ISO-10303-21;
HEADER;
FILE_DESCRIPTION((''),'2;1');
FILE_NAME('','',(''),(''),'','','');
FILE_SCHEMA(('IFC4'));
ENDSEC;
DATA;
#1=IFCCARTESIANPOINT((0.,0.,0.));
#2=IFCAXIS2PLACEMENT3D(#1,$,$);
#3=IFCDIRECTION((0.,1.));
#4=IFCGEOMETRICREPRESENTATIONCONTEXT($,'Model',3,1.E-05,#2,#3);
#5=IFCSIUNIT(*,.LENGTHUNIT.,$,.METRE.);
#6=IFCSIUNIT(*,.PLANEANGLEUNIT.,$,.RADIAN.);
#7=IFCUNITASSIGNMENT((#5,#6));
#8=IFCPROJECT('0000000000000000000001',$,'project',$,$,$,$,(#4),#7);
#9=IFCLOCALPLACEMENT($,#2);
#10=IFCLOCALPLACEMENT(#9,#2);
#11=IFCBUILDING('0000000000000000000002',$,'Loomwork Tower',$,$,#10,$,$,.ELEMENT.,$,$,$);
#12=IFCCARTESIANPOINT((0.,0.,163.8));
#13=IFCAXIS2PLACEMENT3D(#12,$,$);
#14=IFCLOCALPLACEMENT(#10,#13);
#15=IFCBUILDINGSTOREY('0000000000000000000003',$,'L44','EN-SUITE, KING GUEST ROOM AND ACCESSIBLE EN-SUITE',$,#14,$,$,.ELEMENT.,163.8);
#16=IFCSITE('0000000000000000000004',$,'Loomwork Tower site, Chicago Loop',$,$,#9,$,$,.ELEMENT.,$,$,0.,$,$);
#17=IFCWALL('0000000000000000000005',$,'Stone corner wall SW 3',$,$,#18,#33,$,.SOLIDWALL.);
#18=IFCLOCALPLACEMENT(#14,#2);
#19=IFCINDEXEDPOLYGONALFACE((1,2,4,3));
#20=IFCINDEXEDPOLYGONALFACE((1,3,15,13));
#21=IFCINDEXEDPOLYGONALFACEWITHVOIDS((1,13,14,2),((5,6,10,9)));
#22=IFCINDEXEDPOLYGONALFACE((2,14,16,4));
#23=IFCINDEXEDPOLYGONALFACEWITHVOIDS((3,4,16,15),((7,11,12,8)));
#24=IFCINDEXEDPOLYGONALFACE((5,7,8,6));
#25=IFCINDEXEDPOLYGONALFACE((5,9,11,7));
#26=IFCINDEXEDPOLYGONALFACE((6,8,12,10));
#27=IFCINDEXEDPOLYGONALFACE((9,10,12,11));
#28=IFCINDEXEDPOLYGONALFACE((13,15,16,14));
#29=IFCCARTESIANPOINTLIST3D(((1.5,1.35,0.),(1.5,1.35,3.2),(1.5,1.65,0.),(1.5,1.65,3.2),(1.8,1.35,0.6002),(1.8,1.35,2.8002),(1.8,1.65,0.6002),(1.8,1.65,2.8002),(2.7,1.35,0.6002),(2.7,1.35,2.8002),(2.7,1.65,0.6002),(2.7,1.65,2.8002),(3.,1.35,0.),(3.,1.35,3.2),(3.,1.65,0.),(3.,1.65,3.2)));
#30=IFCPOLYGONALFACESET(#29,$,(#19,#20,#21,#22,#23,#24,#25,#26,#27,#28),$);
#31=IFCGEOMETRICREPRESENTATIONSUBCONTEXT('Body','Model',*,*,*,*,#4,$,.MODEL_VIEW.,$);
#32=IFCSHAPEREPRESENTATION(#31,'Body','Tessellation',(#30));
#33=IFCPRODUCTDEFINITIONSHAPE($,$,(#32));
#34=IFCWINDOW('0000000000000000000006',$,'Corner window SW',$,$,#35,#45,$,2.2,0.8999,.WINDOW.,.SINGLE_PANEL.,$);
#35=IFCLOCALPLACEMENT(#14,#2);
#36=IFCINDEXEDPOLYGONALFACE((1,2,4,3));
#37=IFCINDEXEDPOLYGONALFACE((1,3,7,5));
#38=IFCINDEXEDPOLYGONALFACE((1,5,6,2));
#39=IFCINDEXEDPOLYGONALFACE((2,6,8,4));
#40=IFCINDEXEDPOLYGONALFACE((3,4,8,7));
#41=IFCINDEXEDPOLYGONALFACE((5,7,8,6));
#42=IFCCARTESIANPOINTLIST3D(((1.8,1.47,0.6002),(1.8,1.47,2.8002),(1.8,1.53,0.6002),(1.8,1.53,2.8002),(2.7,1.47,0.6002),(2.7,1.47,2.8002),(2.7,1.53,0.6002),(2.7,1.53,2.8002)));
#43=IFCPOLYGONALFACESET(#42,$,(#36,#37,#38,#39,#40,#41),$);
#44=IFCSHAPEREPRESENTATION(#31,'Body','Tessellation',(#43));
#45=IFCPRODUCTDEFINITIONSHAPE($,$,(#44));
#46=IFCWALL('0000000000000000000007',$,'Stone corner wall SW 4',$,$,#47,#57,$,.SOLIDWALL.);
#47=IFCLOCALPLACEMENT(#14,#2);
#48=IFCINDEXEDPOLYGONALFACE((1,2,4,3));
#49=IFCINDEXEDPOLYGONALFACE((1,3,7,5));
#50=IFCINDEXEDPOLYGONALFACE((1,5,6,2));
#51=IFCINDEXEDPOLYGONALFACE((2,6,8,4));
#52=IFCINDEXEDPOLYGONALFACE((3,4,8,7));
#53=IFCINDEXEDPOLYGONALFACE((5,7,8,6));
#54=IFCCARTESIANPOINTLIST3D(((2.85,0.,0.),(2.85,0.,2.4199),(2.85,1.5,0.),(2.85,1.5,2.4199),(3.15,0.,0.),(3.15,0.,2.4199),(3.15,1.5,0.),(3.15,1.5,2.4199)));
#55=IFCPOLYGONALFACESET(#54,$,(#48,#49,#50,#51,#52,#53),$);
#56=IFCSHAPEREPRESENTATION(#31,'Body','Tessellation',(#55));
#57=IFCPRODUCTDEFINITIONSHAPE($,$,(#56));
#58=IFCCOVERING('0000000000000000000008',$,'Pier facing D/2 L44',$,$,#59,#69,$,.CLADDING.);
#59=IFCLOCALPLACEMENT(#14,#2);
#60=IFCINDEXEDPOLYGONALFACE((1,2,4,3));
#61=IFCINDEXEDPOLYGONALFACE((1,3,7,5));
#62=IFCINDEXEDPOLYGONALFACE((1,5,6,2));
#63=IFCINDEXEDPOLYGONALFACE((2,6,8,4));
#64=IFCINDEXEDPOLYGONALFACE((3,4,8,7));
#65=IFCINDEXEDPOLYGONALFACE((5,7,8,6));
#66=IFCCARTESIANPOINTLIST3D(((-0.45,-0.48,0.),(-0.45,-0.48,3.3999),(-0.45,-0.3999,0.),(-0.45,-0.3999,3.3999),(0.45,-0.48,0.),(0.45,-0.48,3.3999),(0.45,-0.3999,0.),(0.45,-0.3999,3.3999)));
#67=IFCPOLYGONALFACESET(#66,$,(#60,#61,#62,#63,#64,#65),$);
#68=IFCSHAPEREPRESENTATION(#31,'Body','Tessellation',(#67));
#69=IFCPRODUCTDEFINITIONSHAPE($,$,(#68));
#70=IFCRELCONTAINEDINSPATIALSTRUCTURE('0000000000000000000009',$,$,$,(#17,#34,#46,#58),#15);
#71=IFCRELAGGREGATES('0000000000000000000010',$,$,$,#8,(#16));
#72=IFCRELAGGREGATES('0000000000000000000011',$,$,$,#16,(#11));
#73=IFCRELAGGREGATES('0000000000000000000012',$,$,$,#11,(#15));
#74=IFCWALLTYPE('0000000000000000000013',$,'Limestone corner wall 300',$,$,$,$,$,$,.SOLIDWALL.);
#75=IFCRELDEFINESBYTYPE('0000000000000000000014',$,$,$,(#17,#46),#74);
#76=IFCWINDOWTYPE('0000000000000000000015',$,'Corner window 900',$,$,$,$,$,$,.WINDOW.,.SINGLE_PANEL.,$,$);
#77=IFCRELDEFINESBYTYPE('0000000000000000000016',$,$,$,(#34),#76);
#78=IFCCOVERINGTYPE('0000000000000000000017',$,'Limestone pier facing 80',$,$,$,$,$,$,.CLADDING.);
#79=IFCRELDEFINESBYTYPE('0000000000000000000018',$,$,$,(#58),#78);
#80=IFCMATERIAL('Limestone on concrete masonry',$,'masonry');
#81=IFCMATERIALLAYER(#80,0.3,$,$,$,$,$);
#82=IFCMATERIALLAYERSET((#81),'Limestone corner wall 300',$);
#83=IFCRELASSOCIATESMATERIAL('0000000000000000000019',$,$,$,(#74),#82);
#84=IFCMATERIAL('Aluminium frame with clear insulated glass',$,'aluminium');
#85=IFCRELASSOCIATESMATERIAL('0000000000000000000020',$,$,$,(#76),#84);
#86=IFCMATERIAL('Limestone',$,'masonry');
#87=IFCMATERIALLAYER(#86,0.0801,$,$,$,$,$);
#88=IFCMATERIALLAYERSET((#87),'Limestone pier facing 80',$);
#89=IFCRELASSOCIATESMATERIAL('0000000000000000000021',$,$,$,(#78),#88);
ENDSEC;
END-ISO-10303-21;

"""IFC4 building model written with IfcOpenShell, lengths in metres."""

from ifc_helpers import new_model, si_unit, direction, frame, frame_2d, origin, origin_2d, place, context, subcontext, project, spatial, rectangle, extrude, material, layer, layer_set, type_object, element, fill, save


model = new_model("IFC4")

# Units and contexts
model_context = context("Model", 3, precision=1e-05, world=origin(), true_north=direction((0.0, 1.0)))
body_context = subcontext(model_context, "Body", "Model", "MODEL_VIEW")
ifc_project = project(units=[si_unit("LENGTHUNIT", "METRE"), si_unit("PLANEANGLEUNIT", "RADIAN")], contexts=[model_context])

# Site, building, storey
site_placement = place(None, origin())
site = spatial("IfcSite", under=ifc_project, at=site_placement, Name="Loomwork Tower site, Chicago Loop", CompositionType="ELEMENT", RefElevation=0.0)
building_placement = place(site_placement, origin())
building = spatial("IfcBuilding", under=site, at=building_placement, Name="Loomwork Tower", CompositionType="ELEMENT")
storey_placement = place(building_placement, frame((0.0, 0.0, 163.8)))
storey = spatial("IfcBuildingStorey", under=building, at=storey_placement, Name="L44", Description="EN-SUITE, KING GUEST ROOM AND ACCESSIBLE EN-SUITE", CompositionType="ELEMENT", Elevation=163.8)

# Shared definitions
ifc_material_1 = material(Name="Limestone on concrete masonry", Category="masonry")
ifc_layer_1 = layer(ifc_material_1, 0.3)
ifc_layer_set_1 = layer_set([ifc_layer_1], Name="Limestone corner wall 300")
wall_type_1 = type_object("IfcWallType", Name="Limestone corner wall 300", PredefinedType="SOLIDWALL", material=ifc_layer_set_1)

# Wall, opening, window
wall_1_placement = place(storey_placement, frame((1.5, 1.5, 0.0), z_axis=(0.0, 0.0, 1.0), x_axis=(1.0, 0.0, 0.0)))
wall_1 = element("IfcWall", 1, at=wall_1_placement, inside=storey, type_object=wall_type_1, Name="Stone corner wall SW 3", PredefinedType="SOLIDWALL", context=body_context, shape_type="SweptSolid", body=[
    extrude(rectangle(XDim=1.5, YDim=0.3, at=frame_2d((0.75, 0.0))), origin(), (0.0, 0.0, 1.0), 3.2),
])
opening_1_placement = place(wall_1_placement, frame((0.3, 0.0, 0.6001)))
opening_1 = element("IfcOpeningElement", 2, at=opening_1_placement, cuts=wall_1, PredefinedType="OPENING", context=body_context, shape_type="SweptSolid", body=[
    extrude(rectangle(XDim=0.8999, YDim=2.2, at=frame_2d((0.45, 1.1001))), frame((0.0, 0.1599, 0.0), z_axis=(0.0, -1.0, 0.0), x_axis=(1.0, 0.0, 0.0)), (0.0, 0.0, 1.0), 0.3201),
])
ifc_material_2 = material(Name="Aluminium frame with clear insulated glass", Category="aluminium")
window_type_1 = type_object("IfcWindowType", Name="Corner window 900", PartitioningType="SINGLE_PANEL", PredefinedType="WINDOW", material=ifc_material_2)
window_1_placement = place(opening_1_placement, origin())
window_1 = element("IfcWindow", 3, at=window_1_placement, inside=storey, type_object=window_type_1, Name="Corner window SW", OverallHeight=2.2, OverallWidth=0.8999, PartitioningType="SINGLE_PANEL", PredefinedType="WINDOW", context=body_context, shape_type="SweptSolid", body=[
    extrude(rectangle(XDim=0.8999, YDim=2.2, at=frame_2d((0.45, 1.1001))), frame((0.0, 0.03, 0.0), z_axis=(0.0, -1.0, 0.0), x_axis=(1.0, 0.0, 0.0)), (0.0, 0.0, 1.0), 0.0601),
])
fill(opening_1, window_1)

# Wall
wall_2_placement = place(storey_placement, frame((3.0, 1.5, 0.0), z_axis=(0.0, 0.0, 1.0), x_axis=(0.0, -1.0, 0.0)))
element("IfcWall", 4, at=wall_2_placement, inside=storey, type_object=wall_type_1, Name="Stone corner wall SW 4", PredefinedType="SOLIDWALL", context=body_context, shape_type="SweptSolid", body=[
    extrude(rectangle(XDim=1.5, YDim=0.3, at=frame_2d((0.75, 0.0))), origin(), (0.0, 0.0, 1.0), 2.4199),
])

# Covering
ifc_material_3 = material(Name="Limestone", Category="masonry")
ifc_layer_2 = layer(ifc_material_3, 0.0801)
ifc_layer_set_2 = layer_set([ifc_layer_2], Name="Limestone pier facing 80")
covering_type = type_object("IfcCoveringType", Name="Limestone pier facing 80", PredefinedType="CLADDING", material=ifc_layer_set_2)
covering_placement = place(storey_placement, frame((0.0, -0.4399, 0.0), z_axis=(0.0, 0.0, 1.0), x_axis=(1.0, 0.0, 0.0)))
element("IfcCovering", 5, at=covering_placement, inside=storey, type_object=covering_type, Name="Pier facing D/2 L44", PredefinedType="CLADDING", context=body_context, shape_type="SweptSolid", body=[
    extrude(rectangle(XDim=0.8999, YDim=0.0801, at=origin_2d()), origin(), (0.0, 0.0, 1.0), 3.3999),
])

save(model, "model.ifc")
